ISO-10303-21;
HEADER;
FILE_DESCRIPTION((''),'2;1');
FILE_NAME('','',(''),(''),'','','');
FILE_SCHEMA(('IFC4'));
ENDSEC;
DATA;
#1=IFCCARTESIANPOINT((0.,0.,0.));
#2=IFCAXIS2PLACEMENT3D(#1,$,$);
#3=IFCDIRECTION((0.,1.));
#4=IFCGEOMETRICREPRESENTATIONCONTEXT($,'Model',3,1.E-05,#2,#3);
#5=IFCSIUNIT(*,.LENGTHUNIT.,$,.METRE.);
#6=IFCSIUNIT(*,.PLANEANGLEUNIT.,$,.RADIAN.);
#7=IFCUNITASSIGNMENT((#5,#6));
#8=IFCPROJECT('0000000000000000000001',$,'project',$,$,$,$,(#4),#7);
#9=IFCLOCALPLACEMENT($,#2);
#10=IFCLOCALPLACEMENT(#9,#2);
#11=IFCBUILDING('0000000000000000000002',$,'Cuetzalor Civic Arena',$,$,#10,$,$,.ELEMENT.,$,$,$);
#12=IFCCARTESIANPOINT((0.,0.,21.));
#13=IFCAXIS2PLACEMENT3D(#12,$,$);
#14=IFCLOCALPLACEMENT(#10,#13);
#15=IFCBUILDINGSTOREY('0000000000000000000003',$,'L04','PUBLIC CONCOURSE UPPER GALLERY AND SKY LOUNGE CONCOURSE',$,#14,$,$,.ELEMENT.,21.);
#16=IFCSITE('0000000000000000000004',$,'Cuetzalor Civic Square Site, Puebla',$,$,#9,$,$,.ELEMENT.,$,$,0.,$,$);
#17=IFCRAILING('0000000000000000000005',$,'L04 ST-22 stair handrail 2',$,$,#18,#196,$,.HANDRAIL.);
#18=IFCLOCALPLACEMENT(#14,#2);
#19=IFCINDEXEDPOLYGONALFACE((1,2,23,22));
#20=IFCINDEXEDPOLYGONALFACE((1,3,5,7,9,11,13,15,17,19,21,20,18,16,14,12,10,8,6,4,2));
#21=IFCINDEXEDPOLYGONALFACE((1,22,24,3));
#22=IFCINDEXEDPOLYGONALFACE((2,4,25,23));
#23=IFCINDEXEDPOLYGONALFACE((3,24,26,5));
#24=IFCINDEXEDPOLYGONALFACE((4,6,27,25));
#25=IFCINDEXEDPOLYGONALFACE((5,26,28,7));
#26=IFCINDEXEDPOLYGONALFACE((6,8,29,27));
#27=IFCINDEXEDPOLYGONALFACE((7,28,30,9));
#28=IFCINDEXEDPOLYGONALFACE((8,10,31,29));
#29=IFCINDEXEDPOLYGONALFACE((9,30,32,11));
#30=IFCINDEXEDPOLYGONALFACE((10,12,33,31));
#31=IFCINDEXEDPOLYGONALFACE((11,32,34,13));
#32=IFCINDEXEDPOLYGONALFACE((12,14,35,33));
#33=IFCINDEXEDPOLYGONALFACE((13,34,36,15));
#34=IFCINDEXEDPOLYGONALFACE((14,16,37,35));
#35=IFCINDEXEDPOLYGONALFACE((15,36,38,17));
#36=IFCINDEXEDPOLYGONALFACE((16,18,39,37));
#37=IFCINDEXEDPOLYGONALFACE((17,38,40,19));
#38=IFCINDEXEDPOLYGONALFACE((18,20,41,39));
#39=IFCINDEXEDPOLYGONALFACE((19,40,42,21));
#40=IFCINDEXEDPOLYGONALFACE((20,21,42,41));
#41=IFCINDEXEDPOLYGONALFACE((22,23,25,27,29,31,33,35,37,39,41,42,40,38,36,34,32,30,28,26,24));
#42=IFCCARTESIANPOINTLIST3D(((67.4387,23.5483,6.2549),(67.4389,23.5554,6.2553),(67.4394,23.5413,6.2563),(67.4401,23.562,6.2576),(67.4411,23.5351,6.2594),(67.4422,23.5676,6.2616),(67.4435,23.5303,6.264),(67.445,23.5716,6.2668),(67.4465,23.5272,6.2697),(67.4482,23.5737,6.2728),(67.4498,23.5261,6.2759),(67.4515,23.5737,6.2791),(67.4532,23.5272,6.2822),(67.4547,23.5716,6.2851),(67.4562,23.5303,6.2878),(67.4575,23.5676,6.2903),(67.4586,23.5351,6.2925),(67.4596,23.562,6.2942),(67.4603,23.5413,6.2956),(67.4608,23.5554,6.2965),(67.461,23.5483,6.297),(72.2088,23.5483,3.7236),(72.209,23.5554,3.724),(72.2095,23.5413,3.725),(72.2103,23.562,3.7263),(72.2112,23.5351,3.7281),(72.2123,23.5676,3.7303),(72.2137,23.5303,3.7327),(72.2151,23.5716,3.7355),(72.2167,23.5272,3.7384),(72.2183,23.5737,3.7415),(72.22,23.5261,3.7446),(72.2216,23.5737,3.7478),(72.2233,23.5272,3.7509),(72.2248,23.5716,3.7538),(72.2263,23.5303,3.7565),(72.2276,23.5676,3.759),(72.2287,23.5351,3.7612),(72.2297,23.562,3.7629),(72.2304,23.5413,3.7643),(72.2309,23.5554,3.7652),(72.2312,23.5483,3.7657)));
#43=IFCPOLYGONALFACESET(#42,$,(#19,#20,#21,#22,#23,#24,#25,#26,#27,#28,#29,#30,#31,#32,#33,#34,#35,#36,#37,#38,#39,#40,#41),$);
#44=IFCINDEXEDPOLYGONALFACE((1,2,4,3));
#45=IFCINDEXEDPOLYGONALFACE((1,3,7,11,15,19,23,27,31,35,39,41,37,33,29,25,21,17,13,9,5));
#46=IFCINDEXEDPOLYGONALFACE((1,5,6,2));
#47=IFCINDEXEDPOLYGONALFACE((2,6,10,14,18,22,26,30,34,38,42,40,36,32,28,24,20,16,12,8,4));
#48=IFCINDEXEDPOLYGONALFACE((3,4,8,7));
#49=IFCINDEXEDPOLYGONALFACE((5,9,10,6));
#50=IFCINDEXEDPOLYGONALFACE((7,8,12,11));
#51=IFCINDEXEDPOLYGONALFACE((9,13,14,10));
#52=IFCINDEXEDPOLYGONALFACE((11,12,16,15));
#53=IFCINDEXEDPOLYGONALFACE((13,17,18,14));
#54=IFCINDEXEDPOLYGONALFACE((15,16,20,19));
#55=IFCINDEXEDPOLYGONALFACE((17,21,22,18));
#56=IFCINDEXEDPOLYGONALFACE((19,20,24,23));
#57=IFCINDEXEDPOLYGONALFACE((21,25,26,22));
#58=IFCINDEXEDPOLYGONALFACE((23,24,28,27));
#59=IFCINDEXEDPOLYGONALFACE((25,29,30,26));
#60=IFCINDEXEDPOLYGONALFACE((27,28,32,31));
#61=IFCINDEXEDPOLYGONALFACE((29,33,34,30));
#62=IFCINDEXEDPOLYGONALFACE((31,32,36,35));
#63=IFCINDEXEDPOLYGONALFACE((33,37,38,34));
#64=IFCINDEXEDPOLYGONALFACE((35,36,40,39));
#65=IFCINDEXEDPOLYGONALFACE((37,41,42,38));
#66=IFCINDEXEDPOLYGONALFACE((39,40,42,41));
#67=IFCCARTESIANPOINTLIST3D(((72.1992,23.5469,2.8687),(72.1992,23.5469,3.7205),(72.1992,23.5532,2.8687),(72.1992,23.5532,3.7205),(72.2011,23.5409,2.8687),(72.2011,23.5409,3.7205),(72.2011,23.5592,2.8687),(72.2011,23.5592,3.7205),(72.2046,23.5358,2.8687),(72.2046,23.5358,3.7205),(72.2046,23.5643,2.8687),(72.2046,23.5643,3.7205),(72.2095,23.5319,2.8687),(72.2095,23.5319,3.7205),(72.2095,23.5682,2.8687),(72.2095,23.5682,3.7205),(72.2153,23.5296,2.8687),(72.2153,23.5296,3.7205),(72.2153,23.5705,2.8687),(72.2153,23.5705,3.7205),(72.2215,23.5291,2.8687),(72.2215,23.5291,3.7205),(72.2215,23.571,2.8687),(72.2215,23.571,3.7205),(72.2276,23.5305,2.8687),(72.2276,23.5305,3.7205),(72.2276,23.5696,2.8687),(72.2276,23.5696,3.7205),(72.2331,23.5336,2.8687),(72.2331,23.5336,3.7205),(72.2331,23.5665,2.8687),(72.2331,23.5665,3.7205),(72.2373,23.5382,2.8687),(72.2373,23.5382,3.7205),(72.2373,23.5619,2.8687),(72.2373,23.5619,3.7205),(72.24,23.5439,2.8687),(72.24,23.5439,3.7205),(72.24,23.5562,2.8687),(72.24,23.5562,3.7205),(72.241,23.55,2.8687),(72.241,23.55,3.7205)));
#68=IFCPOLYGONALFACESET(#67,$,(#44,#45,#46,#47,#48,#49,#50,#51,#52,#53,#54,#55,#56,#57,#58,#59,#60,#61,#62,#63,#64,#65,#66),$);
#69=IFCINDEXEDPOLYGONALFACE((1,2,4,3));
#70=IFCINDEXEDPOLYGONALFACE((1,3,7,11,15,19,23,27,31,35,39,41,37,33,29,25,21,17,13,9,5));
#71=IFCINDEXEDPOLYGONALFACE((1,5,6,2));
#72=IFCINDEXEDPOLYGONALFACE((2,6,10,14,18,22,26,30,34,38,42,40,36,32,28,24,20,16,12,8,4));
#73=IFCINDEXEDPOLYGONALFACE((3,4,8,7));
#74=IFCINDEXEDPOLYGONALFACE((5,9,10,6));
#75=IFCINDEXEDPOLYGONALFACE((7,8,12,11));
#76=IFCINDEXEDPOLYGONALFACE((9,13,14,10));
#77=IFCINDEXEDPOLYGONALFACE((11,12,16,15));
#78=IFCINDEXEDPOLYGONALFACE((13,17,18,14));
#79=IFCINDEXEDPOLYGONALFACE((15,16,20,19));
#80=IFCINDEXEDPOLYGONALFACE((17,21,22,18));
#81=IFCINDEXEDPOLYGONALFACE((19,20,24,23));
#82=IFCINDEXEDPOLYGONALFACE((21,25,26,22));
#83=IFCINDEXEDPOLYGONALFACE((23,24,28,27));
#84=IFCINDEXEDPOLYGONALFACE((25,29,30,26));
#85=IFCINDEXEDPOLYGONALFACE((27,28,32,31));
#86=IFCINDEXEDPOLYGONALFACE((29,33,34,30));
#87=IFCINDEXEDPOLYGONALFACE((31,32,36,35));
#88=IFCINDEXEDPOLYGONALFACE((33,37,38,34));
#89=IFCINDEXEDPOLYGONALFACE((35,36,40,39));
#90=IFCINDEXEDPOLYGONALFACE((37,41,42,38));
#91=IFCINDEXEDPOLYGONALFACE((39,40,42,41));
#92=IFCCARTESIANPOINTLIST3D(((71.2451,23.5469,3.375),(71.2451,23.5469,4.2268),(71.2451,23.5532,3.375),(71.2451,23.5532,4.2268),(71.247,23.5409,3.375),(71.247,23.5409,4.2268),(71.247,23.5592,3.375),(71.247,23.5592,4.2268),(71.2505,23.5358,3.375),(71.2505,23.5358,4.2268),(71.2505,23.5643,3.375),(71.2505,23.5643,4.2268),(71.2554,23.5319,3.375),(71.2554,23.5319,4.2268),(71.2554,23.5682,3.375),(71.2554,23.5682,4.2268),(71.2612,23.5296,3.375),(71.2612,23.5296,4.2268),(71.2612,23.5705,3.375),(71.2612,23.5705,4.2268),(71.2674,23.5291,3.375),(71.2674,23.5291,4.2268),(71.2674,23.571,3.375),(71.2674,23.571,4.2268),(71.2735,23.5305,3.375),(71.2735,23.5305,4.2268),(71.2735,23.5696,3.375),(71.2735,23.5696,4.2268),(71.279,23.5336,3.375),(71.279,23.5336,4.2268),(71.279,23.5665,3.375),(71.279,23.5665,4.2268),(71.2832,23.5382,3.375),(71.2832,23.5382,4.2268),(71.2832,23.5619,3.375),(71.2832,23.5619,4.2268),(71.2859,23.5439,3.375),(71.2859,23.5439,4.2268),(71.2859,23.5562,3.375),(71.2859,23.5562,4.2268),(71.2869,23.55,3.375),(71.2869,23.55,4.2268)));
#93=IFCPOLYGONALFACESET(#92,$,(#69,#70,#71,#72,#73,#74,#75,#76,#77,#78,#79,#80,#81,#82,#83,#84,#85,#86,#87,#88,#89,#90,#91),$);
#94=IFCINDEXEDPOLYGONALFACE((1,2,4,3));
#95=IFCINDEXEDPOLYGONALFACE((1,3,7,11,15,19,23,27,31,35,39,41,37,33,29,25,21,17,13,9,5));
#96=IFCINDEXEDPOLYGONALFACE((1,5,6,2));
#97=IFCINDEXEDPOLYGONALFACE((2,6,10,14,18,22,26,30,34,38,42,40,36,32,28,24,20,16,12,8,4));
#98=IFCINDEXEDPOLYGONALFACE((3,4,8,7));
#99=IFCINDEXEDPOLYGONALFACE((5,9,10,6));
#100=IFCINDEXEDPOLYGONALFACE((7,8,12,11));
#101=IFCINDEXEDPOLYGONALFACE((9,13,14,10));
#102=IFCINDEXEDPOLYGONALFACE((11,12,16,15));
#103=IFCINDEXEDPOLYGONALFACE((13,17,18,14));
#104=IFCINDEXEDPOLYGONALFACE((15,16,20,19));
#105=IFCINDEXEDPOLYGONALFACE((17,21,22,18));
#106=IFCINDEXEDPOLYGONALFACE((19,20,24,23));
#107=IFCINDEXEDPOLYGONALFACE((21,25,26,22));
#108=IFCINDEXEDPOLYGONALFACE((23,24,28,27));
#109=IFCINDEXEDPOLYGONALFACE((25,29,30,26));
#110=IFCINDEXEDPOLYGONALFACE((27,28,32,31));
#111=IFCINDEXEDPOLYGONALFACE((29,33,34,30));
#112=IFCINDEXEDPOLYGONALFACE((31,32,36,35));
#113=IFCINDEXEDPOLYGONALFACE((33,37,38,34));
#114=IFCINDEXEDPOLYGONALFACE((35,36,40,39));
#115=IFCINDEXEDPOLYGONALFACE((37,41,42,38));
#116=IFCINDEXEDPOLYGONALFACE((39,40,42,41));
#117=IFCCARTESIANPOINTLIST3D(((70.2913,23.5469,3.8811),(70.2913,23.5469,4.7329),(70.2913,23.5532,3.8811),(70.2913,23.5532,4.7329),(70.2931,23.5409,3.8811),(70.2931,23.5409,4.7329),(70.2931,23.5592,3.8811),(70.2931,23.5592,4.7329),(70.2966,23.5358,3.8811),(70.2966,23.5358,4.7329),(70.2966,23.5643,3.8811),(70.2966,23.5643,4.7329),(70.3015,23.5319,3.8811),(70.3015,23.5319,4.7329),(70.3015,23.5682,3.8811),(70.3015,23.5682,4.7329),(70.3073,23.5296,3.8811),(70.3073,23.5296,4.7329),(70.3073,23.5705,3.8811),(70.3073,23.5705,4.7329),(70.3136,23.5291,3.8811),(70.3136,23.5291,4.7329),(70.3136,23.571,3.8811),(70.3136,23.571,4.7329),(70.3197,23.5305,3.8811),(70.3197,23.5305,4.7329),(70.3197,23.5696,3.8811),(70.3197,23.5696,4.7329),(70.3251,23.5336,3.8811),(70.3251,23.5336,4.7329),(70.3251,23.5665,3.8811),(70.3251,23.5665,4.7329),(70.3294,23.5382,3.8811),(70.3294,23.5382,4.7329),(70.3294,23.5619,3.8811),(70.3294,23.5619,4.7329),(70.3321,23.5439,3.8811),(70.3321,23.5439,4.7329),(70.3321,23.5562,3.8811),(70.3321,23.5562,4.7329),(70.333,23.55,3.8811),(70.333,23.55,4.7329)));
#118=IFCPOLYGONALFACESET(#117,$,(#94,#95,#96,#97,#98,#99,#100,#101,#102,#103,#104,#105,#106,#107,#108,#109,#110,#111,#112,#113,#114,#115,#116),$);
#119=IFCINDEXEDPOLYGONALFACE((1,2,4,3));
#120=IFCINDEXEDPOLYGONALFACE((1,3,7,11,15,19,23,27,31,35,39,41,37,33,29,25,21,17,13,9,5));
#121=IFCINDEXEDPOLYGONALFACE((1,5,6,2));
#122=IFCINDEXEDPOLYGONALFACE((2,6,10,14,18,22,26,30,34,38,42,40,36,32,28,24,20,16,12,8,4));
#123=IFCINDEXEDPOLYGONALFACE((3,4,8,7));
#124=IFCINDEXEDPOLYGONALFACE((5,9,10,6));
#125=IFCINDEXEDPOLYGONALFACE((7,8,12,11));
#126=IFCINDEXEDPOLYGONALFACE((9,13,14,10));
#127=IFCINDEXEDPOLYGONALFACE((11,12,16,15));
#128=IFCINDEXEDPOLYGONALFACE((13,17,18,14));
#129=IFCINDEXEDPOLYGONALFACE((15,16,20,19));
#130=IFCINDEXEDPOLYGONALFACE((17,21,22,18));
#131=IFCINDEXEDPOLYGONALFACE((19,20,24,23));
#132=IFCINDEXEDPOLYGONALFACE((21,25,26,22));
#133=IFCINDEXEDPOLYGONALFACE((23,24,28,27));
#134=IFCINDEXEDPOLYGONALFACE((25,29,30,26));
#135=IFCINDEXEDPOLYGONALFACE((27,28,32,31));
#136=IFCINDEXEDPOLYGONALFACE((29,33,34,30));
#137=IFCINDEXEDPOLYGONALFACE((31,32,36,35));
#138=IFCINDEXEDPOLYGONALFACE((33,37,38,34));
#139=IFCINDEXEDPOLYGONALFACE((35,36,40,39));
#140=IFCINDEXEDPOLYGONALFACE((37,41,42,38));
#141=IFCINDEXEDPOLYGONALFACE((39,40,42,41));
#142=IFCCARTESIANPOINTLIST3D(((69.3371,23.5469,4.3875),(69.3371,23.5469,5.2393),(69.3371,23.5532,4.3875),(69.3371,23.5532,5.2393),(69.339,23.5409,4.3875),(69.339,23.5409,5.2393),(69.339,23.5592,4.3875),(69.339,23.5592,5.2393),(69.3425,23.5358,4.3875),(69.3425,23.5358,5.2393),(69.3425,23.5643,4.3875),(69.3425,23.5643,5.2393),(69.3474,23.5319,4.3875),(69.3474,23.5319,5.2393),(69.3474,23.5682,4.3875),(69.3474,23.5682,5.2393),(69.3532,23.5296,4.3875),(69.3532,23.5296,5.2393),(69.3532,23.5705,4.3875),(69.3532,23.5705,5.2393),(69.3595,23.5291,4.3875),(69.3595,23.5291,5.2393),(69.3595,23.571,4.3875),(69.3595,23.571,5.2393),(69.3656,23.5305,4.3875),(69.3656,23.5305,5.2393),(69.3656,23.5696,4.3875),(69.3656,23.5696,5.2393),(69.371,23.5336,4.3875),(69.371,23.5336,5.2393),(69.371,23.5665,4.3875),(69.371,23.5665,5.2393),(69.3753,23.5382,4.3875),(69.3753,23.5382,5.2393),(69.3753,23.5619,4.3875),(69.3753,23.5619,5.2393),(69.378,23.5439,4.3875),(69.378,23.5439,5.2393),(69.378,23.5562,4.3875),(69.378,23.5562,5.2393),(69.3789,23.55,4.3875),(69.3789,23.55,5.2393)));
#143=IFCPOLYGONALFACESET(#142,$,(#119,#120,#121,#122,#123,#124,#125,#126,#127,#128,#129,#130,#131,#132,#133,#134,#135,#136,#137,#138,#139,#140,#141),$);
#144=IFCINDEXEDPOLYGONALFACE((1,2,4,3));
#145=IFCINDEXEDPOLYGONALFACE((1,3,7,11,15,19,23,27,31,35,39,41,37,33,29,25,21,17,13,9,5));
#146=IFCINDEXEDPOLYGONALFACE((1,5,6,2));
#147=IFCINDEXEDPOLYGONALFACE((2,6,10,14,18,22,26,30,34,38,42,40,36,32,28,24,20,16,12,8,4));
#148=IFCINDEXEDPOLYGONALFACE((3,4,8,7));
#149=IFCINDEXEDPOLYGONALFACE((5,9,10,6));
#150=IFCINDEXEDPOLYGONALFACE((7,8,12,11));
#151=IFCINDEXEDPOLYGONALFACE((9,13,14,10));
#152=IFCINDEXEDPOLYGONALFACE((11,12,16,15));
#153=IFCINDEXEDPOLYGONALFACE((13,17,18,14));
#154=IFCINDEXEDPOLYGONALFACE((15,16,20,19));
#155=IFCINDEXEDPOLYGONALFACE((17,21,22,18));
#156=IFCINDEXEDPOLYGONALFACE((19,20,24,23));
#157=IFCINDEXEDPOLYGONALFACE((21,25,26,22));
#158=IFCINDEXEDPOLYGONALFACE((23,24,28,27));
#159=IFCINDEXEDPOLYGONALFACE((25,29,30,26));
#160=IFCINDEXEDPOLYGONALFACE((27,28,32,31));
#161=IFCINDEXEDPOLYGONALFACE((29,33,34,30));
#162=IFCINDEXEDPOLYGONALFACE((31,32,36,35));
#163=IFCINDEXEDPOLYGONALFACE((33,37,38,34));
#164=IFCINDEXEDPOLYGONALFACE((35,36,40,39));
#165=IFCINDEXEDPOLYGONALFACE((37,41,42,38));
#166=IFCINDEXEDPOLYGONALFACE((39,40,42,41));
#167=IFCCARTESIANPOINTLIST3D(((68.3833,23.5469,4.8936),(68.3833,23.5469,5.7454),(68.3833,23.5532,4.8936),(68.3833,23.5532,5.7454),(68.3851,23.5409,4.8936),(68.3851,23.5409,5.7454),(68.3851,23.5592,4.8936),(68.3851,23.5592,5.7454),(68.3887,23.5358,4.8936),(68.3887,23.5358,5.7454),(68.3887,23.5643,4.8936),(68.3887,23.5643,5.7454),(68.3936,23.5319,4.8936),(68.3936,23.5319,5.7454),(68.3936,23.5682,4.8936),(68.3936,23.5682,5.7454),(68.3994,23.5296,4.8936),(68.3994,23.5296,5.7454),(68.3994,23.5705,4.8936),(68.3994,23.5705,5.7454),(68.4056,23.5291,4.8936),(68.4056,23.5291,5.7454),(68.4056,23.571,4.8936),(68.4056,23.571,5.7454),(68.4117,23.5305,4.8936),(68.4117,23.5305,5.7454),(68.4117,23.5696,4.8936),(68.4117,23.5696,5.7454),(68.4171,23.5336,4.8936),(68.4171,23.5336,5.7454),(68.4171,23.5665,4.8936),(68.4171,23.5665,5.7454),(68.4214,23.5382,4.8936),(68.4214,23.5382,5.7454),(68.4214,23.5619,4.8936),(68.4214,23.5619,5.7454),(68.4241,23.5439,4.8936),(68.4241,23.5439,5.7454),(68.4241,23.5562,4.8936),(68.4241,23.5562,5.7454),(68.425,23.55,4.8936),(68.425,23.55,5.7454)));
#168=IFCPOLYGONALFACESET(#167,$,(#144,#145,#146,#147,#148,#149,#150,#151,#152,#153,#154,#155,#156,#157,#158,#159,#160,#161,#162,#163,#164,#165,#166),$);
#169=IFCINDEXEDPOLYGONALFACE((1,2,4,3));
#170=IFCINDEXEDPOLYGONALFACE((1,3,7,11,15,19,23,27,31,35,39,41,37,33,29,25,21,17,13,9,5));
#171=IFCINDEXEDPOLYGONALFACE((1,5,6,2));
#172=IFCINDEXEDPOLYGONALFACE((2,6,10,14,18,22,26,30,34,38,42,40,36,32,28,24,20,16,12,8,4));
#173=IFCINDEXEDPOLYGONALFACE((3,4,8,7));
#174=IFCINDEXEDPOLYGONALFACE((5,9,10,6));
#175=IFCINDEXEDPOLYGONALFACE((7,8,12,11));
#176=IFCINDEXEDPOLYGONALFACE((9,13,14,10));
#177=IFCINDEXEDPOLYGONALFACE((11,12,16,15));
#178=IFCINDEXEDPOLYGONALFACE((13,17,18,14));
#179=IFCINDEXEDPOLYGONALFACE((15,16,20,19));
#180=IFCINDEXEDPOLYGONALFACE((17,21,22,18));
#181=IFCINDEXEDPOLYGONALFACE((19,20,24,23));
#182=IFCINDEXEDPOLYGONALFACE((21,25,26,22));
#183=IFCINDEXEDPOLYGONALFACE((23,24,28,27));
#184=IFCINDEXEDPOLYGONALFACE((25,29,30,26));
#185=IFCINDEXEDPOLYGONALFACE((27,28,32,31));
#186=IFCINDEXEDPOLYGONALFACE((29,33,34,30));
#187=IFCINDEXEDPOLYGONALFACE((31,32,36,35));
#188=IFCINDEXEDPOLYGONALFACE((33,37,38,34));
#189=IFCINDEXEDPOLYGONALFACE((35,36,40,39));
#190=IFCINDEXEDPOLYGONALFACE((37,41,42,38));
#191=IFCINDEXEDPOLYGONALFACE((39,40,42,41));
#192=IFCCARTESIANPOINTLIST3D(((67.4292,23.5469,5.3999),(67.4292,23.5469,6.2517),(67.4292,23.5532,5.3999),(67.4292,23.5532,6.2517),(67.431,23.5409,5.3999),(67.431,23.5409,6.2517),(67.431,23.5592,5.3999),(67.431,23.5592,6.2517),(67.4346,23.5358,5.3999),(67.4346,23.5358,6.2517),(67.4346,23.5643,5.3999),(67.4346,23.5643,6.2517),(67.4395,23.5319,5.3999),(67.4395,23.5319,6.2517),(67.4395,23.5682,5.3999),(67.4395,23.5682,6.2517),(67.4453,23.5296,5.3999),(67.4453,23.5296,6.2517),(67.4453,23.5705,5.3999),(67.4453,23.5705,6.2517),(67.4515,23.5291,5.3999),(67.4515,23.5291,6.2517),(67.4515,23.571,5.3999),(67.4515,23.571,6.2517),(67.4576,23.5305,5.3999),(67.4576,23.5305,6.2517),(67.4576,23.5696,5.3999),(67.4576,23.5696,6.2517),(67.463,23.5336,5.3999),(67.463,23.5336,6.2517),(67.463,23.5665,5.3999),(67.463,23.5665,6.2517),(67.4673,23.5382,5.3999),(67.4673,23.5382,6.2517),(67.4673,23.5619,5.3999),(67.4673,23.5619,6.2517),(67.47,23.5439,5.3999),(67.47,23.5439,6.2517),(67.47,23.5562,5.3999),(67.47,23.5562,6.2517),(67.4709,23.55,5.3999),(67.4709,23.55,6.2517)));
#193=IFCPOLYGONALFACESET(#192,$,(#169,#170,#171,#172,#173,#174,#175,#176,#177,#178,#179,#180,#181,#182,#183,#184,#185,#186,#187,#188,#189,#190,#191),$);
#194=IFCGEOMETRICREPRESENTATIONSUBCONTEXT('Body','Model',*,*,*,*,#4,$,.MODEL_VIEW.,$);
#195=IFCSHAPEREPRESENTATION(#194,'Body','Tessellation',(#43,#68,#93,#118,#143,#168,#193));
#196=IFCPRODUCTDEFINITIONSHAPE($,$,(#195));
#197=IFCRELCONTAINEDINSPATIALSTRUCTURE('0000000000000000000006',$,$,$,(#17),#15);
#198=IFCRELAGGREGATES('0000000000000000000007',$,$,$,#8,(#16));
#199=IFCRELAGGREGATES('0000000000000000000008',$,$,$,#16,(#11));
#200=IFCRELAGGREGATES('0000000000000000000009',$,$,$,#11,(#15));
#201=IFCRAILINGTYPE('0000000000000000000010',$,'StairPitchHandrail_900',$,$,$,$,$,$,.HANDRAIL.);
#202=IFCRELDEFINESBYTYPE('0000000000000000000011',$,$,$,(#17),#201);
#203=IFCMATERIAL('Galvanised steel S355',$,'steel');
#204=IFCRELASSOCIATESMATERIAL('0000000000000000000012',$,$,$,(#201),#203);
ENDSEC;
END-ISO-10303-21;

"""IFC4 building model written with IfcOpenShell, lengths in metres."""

from ifc_helpers import new_model, si_unit, direction, frame, origin, origin_2d, place, context, subcontext, project, spatial, circle, extrude, material, type_object, element, save


model = new_model("IFC4")

# Units and contexts
model_context = context("Model", 3, precision=1e-05, world=origin(), true_north=direction((0.0, 1.0)))
body_context = subcontext(model_context, "Body", "Model", "MODEL_VIEW")
ifc_project = project(units=[si_unit("LENGTHUNIT", "METRE"), si_unit("PLANEANGLEUNIT", "RADIAN")], contexts=[model_context])

# Site, building, storey
site_placement = place(None, origin())
site = spatial("IfcSite", under=ifc_project, at=site_placement, Name="Cuetzalor Civic Square Site, Puebla", CompositionType="ELEMENT", RefElevation=0.0)
building_placement = place(site_placement, origin())
building = spatial("IfcBuilding", under=site, at=building_placement, Name="Cuetzalor Civic Arena", CompositionType="ELEMENT")
storey_placement = place(building_placement, frame((0.0, 0.0, 21.0)))
storey = spatial("IfcBuildingStorey", under=building, at=storey_placement, Name="L04", Description="PUBLIC CONCOURSE UPPER GALLERY AND SKY LOUNGE CONCOURSE", CompositionType="ELEMENT", Elevation=21.0)

# Railing
ifc_material_1 = material(Name="Galvanised steel S355", Category="steel")
railing_type_1 = type_object("IfcRailingType", Name="StairPitchHandrail_900", PredefinedType="HANDRAIL", material=ifc_material_1)
railing_1_placement = place(storey_placement, frame((72.22, 23.55, 2.8687)))
element("IfcRailing", 1, at=railing_1_placement, inside=storey, type_object=railing_type_1, Name="L04 ST-22 stair handrail 2", PredefinedType="HANDRAIL", context=body_context, shape_type="SweptSolid", body=[
    extrude(circle(Radius=0.0239, at=origin_2d()), frame((0.0, 0.0, 0.876), z_axis=(-0.883332, 0.0, 0.468747), x_axis=(0.0, -1.0, 0.0)), (0.0, 0.0, 1.0), 5.4001),
    extrude(circle(Radius=0.021, at=origin_2d()), origin(), (0.0, 0.0, 1.0), 0.8518),
    extrude(circle(Radius=0.021, at=origin_2d()), frame((-0.9541, 0.0, 0.5063)), (0.0, 0.0, 1.0), 0.8518),
    extrude(circle(Radius=0.021, at=origin_2d()), frame((-1.908, 0.0, 1.0125)), (0.0, 0.0, 1.0), 0.8518),
    extrude(circle(Radius=0.021, at=origin_2d()), frame((-2.8621, 0.0, 1.5188)), (0.0, 0.0, 1.0), 0.8518),
    extrude(circle(Radius=0.021, at=origin_2d()), frame((-3.8159, 0.0, 2.0249)), (0.0, 0.0, 1.0), 0.8518),
    extrude(circle(Radius=0.021, at=origin_2d()), frame((-4.77, 0.0, 2.5312)), (0.0, 0.0, 1.0), 0.8518),
])

save(model, "model.ifc")
